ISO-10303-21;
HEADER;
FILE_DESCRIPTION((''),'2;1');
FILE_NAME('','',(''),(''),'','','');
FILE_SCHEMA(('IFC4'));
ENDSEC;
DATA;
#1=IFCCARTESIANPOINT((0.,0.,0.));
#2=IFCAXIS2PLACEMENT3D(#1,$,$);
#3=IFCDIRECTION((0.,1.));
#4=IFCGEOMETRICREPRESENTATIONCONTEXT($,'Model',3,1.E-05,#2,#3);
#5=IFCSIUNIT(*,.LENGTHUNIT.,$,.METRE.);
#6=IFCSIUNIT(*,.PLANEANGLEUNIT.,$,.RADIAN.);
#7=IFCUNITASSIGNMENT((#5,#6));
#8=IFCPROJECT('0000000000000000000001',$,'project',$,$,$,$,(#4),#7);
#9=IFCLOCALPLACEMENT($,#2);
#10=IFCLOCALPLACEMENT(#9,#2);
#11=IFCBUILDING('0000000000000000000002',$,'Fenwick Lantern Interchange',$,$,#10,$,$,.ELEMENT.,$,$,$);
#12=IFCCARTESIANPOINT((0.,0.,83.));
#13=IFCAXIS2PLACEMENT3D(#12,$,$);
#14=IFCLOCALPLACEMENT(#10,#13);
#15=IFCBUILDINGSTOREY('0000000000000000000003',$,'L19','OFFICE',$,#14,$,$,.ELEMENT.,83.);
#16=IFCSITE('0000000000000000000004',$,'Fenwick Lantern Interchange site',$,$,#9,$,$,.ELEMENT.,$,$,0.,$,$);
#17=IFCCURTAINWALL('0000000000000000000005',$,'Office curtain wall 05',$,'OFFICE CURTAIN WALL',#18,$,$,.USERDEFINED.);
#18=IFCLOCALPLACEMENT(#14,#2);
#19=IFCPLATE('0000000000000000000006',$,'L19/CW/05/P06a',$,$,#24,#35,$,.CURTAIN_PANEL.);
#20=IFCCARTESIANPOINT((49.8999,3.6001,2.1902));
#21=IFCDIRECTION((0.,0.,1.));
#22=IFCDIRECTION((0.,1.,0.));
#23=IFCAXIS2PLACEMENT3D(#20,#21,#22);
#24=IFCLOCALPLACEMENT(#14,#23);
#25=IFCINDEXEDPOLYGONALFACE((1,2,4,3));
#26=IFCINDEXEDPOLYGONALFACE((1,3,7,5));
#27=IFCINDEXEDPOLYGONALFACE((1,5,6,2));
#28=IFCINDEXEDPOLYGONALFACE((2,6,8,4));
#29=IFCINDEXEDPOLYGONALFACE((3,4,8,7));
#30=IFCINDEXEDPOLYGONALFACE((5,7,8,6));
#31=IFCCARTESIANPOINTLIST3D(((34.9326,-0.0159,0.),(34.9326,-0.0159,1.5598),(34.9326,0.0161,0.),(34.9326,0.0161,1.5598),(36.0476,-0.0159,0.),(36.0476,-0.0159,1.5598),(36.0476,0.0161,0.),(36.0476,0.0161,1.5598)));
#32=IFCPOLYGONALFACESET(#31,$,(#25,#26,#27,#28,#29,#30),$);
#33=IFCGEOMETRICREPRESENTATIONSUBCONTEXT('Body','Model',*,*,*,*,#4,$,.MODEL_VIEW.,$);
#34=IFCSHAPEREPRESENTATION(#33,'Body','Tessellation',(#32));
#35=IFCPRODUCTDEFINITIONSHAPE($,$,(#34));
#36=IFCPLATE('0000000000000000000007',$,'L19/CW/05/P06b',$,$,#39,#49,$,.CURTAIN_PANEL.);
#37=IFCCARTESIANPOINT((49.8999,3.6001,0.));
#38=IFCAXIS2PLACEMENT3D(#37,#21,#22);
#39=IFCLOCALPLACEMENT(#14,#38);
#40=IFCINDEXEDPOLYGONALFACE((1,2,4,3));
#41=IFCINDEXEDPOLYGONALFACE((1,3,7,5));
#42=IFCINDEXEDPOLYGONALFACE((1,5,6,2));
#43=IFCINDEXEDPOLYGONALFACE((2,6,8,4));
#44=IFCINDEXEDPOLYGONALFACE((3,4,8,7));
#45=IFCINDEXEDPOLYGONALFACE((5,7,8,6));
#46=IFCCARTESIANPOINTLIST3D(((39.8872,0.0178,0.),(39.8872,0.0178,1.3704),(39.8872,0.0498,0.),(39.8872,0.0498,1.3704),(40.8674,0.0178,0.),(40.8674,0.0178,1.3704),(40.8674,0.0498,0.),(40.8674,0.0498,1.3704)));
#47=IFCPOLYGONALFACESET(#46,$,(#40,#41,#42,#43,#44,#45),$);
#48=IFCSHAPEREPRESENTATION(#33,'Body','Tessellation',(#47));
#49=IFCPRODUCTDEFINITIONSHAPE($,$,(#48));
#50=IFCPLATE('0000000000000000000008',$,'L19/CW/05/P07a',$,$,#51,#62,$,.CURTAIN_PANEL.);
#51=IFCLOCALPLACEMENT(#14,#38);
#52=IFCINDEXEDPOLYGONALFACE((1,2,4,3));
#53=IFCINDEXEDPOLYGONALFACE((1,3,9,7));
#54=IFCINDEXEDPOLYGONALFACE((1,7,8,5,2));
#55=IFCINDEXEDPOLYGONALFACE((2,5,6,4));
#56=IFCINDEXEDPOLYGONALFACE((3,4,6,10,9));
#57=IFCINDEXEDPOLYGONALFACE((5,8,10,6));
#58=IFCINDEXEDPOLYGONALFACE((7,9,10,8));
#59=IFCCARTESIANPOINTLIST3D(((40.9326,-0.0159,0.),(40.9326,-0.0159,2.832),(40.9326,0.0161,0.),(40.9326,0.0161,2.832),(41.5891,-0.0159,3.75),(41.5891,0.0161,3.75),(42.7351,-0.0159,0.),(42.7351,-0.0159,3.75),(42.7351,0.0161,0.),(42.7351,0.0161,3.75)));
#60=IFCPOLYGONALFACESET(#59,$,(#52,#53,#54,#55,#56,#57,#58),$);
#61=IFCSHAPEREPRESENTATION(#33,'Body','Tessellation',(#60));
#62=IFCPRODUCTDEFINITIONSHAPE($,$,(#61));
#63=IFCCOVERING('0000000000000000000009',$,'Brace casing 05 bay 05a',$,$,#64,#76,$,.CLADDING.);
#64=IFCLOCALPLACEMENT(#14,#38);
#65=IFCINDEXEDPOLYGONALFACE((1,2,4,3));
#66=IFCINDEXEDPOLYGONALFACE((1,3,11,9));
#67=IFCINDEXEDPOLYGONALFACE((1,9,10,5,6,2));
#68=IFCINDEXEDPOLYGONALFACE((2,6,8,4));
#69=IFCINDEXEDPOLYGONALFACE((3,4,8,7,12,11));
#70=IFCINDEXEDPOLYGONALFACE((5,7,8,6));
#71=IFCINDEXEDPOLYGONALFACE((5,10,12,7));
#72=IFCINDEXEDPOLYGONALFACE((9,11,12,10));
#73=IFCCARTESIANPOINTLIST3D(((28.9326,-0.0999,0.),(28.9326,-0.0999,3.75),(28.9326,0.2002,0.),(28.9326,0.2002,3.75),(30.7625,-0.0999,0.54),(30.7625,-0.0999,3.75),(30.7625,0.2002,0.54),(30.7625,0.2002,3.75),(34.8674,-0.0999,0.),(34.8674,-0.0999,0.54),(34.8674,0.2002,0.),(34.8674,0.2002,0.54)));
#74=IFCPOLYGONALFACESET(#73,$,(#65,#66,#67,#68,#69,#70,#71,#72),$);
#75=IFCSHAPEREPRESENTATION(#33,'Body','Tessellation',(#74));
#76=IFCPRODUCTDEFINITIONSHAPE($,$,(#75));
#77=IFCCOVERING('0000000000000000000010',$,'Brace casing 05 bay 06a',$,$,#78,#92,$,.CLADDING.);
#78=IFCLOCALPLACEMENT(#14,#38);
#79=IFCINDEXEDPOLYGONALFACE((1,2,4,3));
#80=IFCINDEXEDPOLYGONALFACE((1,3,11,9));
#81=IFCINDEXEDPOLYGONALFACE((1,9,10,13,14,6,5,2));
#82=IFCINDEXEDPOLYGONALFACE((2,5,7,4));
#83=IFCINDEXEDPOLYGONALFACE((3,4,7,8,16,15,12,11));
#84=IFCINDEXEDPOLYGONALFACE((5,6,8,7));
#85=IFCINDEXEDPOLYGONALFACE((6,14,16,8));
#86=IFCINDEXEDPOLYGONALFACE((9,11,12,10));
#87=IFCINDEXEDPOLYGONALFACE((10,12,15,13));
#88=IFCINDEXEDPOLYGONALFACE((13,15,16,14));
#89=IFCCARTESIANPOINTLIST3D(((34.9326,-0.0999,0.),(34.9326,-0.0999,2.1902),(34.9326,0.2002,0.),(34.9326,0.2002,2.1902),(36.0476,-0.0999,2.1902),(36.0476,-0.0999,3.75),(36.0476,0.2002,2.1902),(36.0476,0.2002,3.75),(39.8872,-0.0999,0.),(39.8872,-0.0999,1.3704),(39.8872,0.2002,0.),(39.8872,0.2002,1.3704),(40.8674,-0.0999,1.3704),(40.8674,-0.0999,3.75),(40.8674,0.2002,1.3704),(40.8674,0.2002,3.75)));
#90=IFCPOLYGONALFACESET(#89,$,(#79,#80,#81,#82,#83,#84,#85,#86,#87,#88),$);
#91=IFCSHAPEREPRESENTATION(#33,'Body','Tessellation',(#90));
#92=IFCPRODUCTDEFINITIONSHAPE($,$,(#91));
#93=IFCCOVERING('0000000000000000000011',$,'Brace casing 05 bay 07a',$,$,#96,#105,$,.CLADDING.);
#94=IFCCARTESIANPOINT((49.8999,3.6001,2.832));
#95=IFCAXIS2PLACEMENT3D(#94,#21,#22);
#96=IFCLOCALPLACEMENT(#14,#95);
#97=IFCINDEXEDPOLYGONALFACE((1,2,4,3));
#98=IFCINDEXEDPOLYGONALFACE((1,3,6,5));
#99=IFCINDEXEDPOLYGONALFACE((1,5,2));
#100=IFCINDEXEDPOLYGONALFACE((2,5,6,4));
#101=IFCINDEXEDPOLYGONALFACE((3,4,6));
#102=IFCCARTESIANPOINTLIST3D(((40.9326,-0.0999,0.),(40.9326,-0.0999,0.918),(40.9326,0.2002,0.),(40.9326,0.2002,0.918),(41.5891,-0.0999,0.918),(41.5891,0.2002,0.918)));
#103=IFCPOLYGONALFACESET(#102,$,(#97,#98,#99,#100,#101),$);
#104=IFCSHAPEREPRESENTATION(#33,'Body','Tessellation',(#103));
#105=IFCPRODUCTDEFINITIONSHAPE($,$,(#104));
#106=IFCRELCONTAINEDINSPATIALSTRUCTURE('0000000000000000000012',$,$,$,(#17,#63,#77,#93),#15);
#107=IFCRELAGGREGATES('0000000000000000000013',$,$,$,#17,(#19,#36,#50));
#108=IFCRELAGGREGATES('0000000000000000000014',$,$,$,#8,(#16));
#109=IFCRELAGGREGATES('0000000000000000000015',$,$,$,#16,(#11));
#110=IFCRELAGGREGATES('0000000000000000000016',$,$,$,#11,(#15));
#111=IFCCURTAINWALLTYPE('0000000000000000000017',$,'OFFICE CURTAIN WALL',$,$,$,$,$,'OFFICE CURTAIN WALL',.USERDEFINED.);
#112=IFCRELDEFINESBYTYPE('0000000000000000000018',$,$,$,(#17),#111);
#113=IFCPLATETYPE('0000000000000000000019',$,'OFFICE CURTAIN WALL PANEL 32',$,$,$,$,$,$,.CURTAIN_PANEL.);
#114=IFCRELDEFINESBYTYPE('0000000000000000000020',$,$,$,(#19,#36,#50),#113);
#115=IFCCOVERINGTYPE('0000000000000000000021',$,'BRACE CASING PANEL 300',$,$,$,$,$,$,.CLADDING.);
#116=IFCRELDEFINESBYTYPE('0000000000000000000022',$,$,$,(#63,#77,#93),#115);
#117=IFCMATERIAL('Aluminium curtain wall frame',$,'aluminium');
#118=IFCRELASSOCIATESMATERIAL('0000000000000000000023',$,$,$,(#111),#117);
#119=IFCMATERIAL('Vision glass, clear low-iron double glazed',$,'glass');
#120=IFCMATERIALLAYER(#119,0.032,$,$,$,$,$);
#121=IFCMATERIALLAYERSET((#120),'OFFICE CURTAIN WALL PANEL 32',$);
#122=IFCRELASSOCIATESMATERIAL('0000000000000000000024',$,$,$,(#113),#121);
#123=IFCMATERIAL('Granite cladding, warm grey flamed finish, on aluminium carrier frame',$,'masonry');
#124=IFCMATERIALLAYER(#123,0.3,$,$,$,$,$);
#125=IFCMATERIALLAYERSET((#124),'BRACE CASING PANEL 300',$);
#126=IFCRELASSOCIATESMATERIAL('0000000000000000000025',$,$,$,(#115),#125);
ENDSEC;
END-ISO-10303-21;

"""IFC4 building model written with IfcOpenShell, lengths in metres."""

from ifc_helpers import new_model, si_unit, direction, frame, origin, place, context, subcontext, project, spatial, polyline, outline, extrude, material, layer, layer_set, type_object, element, aggregate, save


model = new_model("IFC4")

# Units and contexts
model_context = context("Model", 3, precision=1e-05, world=origin(), true_north=direction((0.0, 1.0)))
body_context = subcontext(model_context, "Body", "Model", "MODEL_VIEW")
ifc_project = project(units=[si_unit("LENGTHUNIT", "METRE"), si_unit("PLANEANGLEUNIT", "RADIAN")], contexts=[model_context])

# Site, building, storey
site_placement = place(None, origin())
site = spatial("IfcSite", under=ifc_project, at=site_placement, Name="Fenwick Lantern Interchange site", CompositionType="ELEMENT", RefElevation=0.0)
building_placement = place(site_placement, origin())
building = spatial("IfcBuilding", under=site, at=building_placement, Name="Fenwick Lantern Interchange", CompositionType="ELEMENT")
storey_placement = place(building_placement, frame((0.0, 0.0, 83.0)))
storey = spatial("IfcBuildingStorey", under=building, at=storey_placement, Name="L19", Description="OFFICE", CompositionType="ELEMENT", Elevation=83.0)

# Curtain wall, plates
ifc_material_1 = material(Name="Aluminium curtain wall frame", Category="aluminium")
curtain_wall_type = type_object("IfcCurtainWallType", Name="OFFICE CURTAIN WALL", ElementType="OFFICE CURTAIN WALL", PredefinedType="USERDEFINED", material=ifc_material_1)
curtain_wall_placement = place(storey_placement, origin())
curtain_wall = element("IfcCurtainWall", 1, at=curtain_wall_placement, inside=storey, type_object=curtain_wall_type, Name="Office curtain wall 05", ObjectType="OFFICE CURTAIN WALL", PredefinedType="USERDEFINED")
ifc_material_2 = material(Name="Vision glass, clear low-iron double glazed", Category="glass")
ifc_layer_1 = layer(ifc_material_2, 0.032)
ifc_layer_set_1 = layer_set([ifc_layer_1], Name="OFFICE CURTAIN WALL PANEL 32")
plate_type = type_object("IfcPlateType", Name="OFFICE CURTAIN WALL PANEL 32", PredefinedType="CURTAIN_PANEL", material=ifc_layer_set_1)
plate_1_placement = place(storey_placement, frame((49.8999, 3.6001, 2.1902), z_axis=(0.0, 0.0, 1.0), x_axis=(0.0, 1.0, 0.0)))
plate_1 = element("IfcPlate", 2, at=plate_1_placement, type_object=plate_type, Name="L19/CW/05/P06a", PredefinedType="CURTAIN_PANEL", context=body_context, shape_type="SweptSolid", body=[
    extrude(outline(polyline([(34.9326, 0.0), (36.0476, 0.0), (36.0476, 1.5598), (34.9326, 1.5598), (34.9326, 0.0)])), frame((0.0, 0.0161, 0.0), z_axis=(0.0, -1.0, 0.0), x_axis=(1.0, 0.0, 0.0)), (0.0, 0.0, 1.0), 0.032),
])
plate_2_placement = place(storey_placement, frame((49.8999, 3.6001, 0.0), z_axis=(0.0, 0.0, 1.0), x_axis=(0.0, 1.0, 0.0)))
plate_2 = element("IfcPlate", 3, at=plate_2_placement, type_object=plate_type, Name="L19/CW/05/P06b", PredefinedType="CURTAIN_PANEL", context=body_context, shape_type="SweptSolid", body=[
    extrude(outline(polyline([(39.8872, 0.0), (40.8674, 0.0), (40.8674, 1.3704), (39.8872, 1.3704), (39.8872, 0.0)])), frame((0.0, 0.0498, 0.0), z_axis=(0.0, -1.0, 0.0), x_axis=(1.0, 0.0, 0.0)), (0.0, 0.0, 1.0), 0.032),
])
plate_3_placement = place(storey_placement, frame((49.8999, 3.6001, 0.0), z_axis=(0.0, 0.0, 1.0), x_axis=(0.0, 1.0, 0.0)))
plate_3 = element("IfcPlate", 4, at=plate_3_placement, type_object=plate_type, Name="L19/CW/05/P07a", PredefinedType="CURTAIN_PANEL", context=body_context, shape_type="SweptSolid", body=[
    extrude(outline(polyline([(40.9326, 0.0), (42.7351, 0.0), (42.7351, 3.75), (41.5891, 3.75), (40.9326, 2.832), (40.9326, 0.0)])), frame((0.0, 0.0161, 0.0), z_axis=(0.0, -1.0, 0.0), x_axis=(1.0, 0.0, 0.0)), (0.0, 0.0, 1.0), 0.032),
])
aggregate(curtain_wall, [plate_1, plate_2, plate_3])

# Coverings
ifc_material_3 = material(Name="Granite cladding, warm grey flamed finish, on aluminium carrier frame", Category="masonry")
ifc_layer_2 = layer(ifc_material_3, 0.3)
ifc_layer_set_2 = layer_set([ifc_layer_2], Name="BRACE CASING PANEL 300")
covering_type = type_object("IfcCoveringType", Name="BRACE CASING PANEL 300", PredefinedType="CLADDING", material=ifc_layer_set_2)
covering_1_placement = place(storey_placement, frame((49.8999, 3.6001, 0.0), z_axis=(0.0, 0.0, 1.0), x_axis=(0.0, 1.0, 0.0)))
element("IfcCovering", 5, at=covering_1_placement, inside=storey, type_object=covering_type, Name="Brace casing 05 bay 05a", PredefinedType="CLADDING", context=body_context, shape_type="SweptSolid", body=[
    extrude(outline(polyline([(28.9326, 0.0), (34.8674, 0.0), (34.8674, 0.54), (30.7625, 0.54), (30.7625, 3.75), (28.9326, 3.75), (28.9326, 0.0)])), frame((0.0, 0.2002, 0.0), z_axis=(0.0, -1.0, 0.0), x_axis=(1.0, 0.0, 0.0)), (0.0, 0.0, 1.0), 0.3),
])
covering_2_placement = place(storey_placement, frame((49.8999, 3.6001, 0.0), z_axis=(0.0, 0.0, 1.0), x_axis=(0.0, 1.0, 0.0)))
element("IfcCovering", 6, at=covering_2_placement, inside=storey, type_object=covering_type, Name="Brace casing 05 bay 06a", PredefinedType="CLADDING", context=body_context, shape_type="SweptSolid", body=[
    extrude(outline(polyline([(34.9326, 0.0), (39.8872, 0.0), (39.8872, 1.3704), (40.8674, 1.3704), (40.8674, 3.75), (36.0476, 3.75), (36.0476, 2.1902), (34.9326, 2.1902), (34.9326, 0.0)])), frame((0.0, 0.2002, 0.0), z_axis=(0.0, -1.0, 0.0), x_axis=(1.0, 0.0, 0.0)), (0.0, 0.0, 1.0), 0.3),
])
covering_3_placement = place(storey_placement, frame((49.8999, 3.6001, 2.832), z_axis=(0.0, 0.0, 1.0), x_axis=(0.0, 1.0, 0.0)))
element("IfcCovering", 7, at=covering_3_placement, inside=storey, type_object=covering_type, Name="Brace casing 05 bay 07a", PredefinedType="CLADDING", context=body_context, shape_type="SweptSolid", body=[
    extrude(outline(polyline([(40.9326, 0.0), (41.5891, 0.918), (40.9326, 0.918), (40.9326, 0.0)])), frame((0.0, 0.2002, 0.0), z_axis=(0.0, -1.0, 0.0), x_axis=(1.0, 0.0, 0.0)), (0.0, 0.0, 1.0), 0.3),
])

save(model, "model.ifc")
